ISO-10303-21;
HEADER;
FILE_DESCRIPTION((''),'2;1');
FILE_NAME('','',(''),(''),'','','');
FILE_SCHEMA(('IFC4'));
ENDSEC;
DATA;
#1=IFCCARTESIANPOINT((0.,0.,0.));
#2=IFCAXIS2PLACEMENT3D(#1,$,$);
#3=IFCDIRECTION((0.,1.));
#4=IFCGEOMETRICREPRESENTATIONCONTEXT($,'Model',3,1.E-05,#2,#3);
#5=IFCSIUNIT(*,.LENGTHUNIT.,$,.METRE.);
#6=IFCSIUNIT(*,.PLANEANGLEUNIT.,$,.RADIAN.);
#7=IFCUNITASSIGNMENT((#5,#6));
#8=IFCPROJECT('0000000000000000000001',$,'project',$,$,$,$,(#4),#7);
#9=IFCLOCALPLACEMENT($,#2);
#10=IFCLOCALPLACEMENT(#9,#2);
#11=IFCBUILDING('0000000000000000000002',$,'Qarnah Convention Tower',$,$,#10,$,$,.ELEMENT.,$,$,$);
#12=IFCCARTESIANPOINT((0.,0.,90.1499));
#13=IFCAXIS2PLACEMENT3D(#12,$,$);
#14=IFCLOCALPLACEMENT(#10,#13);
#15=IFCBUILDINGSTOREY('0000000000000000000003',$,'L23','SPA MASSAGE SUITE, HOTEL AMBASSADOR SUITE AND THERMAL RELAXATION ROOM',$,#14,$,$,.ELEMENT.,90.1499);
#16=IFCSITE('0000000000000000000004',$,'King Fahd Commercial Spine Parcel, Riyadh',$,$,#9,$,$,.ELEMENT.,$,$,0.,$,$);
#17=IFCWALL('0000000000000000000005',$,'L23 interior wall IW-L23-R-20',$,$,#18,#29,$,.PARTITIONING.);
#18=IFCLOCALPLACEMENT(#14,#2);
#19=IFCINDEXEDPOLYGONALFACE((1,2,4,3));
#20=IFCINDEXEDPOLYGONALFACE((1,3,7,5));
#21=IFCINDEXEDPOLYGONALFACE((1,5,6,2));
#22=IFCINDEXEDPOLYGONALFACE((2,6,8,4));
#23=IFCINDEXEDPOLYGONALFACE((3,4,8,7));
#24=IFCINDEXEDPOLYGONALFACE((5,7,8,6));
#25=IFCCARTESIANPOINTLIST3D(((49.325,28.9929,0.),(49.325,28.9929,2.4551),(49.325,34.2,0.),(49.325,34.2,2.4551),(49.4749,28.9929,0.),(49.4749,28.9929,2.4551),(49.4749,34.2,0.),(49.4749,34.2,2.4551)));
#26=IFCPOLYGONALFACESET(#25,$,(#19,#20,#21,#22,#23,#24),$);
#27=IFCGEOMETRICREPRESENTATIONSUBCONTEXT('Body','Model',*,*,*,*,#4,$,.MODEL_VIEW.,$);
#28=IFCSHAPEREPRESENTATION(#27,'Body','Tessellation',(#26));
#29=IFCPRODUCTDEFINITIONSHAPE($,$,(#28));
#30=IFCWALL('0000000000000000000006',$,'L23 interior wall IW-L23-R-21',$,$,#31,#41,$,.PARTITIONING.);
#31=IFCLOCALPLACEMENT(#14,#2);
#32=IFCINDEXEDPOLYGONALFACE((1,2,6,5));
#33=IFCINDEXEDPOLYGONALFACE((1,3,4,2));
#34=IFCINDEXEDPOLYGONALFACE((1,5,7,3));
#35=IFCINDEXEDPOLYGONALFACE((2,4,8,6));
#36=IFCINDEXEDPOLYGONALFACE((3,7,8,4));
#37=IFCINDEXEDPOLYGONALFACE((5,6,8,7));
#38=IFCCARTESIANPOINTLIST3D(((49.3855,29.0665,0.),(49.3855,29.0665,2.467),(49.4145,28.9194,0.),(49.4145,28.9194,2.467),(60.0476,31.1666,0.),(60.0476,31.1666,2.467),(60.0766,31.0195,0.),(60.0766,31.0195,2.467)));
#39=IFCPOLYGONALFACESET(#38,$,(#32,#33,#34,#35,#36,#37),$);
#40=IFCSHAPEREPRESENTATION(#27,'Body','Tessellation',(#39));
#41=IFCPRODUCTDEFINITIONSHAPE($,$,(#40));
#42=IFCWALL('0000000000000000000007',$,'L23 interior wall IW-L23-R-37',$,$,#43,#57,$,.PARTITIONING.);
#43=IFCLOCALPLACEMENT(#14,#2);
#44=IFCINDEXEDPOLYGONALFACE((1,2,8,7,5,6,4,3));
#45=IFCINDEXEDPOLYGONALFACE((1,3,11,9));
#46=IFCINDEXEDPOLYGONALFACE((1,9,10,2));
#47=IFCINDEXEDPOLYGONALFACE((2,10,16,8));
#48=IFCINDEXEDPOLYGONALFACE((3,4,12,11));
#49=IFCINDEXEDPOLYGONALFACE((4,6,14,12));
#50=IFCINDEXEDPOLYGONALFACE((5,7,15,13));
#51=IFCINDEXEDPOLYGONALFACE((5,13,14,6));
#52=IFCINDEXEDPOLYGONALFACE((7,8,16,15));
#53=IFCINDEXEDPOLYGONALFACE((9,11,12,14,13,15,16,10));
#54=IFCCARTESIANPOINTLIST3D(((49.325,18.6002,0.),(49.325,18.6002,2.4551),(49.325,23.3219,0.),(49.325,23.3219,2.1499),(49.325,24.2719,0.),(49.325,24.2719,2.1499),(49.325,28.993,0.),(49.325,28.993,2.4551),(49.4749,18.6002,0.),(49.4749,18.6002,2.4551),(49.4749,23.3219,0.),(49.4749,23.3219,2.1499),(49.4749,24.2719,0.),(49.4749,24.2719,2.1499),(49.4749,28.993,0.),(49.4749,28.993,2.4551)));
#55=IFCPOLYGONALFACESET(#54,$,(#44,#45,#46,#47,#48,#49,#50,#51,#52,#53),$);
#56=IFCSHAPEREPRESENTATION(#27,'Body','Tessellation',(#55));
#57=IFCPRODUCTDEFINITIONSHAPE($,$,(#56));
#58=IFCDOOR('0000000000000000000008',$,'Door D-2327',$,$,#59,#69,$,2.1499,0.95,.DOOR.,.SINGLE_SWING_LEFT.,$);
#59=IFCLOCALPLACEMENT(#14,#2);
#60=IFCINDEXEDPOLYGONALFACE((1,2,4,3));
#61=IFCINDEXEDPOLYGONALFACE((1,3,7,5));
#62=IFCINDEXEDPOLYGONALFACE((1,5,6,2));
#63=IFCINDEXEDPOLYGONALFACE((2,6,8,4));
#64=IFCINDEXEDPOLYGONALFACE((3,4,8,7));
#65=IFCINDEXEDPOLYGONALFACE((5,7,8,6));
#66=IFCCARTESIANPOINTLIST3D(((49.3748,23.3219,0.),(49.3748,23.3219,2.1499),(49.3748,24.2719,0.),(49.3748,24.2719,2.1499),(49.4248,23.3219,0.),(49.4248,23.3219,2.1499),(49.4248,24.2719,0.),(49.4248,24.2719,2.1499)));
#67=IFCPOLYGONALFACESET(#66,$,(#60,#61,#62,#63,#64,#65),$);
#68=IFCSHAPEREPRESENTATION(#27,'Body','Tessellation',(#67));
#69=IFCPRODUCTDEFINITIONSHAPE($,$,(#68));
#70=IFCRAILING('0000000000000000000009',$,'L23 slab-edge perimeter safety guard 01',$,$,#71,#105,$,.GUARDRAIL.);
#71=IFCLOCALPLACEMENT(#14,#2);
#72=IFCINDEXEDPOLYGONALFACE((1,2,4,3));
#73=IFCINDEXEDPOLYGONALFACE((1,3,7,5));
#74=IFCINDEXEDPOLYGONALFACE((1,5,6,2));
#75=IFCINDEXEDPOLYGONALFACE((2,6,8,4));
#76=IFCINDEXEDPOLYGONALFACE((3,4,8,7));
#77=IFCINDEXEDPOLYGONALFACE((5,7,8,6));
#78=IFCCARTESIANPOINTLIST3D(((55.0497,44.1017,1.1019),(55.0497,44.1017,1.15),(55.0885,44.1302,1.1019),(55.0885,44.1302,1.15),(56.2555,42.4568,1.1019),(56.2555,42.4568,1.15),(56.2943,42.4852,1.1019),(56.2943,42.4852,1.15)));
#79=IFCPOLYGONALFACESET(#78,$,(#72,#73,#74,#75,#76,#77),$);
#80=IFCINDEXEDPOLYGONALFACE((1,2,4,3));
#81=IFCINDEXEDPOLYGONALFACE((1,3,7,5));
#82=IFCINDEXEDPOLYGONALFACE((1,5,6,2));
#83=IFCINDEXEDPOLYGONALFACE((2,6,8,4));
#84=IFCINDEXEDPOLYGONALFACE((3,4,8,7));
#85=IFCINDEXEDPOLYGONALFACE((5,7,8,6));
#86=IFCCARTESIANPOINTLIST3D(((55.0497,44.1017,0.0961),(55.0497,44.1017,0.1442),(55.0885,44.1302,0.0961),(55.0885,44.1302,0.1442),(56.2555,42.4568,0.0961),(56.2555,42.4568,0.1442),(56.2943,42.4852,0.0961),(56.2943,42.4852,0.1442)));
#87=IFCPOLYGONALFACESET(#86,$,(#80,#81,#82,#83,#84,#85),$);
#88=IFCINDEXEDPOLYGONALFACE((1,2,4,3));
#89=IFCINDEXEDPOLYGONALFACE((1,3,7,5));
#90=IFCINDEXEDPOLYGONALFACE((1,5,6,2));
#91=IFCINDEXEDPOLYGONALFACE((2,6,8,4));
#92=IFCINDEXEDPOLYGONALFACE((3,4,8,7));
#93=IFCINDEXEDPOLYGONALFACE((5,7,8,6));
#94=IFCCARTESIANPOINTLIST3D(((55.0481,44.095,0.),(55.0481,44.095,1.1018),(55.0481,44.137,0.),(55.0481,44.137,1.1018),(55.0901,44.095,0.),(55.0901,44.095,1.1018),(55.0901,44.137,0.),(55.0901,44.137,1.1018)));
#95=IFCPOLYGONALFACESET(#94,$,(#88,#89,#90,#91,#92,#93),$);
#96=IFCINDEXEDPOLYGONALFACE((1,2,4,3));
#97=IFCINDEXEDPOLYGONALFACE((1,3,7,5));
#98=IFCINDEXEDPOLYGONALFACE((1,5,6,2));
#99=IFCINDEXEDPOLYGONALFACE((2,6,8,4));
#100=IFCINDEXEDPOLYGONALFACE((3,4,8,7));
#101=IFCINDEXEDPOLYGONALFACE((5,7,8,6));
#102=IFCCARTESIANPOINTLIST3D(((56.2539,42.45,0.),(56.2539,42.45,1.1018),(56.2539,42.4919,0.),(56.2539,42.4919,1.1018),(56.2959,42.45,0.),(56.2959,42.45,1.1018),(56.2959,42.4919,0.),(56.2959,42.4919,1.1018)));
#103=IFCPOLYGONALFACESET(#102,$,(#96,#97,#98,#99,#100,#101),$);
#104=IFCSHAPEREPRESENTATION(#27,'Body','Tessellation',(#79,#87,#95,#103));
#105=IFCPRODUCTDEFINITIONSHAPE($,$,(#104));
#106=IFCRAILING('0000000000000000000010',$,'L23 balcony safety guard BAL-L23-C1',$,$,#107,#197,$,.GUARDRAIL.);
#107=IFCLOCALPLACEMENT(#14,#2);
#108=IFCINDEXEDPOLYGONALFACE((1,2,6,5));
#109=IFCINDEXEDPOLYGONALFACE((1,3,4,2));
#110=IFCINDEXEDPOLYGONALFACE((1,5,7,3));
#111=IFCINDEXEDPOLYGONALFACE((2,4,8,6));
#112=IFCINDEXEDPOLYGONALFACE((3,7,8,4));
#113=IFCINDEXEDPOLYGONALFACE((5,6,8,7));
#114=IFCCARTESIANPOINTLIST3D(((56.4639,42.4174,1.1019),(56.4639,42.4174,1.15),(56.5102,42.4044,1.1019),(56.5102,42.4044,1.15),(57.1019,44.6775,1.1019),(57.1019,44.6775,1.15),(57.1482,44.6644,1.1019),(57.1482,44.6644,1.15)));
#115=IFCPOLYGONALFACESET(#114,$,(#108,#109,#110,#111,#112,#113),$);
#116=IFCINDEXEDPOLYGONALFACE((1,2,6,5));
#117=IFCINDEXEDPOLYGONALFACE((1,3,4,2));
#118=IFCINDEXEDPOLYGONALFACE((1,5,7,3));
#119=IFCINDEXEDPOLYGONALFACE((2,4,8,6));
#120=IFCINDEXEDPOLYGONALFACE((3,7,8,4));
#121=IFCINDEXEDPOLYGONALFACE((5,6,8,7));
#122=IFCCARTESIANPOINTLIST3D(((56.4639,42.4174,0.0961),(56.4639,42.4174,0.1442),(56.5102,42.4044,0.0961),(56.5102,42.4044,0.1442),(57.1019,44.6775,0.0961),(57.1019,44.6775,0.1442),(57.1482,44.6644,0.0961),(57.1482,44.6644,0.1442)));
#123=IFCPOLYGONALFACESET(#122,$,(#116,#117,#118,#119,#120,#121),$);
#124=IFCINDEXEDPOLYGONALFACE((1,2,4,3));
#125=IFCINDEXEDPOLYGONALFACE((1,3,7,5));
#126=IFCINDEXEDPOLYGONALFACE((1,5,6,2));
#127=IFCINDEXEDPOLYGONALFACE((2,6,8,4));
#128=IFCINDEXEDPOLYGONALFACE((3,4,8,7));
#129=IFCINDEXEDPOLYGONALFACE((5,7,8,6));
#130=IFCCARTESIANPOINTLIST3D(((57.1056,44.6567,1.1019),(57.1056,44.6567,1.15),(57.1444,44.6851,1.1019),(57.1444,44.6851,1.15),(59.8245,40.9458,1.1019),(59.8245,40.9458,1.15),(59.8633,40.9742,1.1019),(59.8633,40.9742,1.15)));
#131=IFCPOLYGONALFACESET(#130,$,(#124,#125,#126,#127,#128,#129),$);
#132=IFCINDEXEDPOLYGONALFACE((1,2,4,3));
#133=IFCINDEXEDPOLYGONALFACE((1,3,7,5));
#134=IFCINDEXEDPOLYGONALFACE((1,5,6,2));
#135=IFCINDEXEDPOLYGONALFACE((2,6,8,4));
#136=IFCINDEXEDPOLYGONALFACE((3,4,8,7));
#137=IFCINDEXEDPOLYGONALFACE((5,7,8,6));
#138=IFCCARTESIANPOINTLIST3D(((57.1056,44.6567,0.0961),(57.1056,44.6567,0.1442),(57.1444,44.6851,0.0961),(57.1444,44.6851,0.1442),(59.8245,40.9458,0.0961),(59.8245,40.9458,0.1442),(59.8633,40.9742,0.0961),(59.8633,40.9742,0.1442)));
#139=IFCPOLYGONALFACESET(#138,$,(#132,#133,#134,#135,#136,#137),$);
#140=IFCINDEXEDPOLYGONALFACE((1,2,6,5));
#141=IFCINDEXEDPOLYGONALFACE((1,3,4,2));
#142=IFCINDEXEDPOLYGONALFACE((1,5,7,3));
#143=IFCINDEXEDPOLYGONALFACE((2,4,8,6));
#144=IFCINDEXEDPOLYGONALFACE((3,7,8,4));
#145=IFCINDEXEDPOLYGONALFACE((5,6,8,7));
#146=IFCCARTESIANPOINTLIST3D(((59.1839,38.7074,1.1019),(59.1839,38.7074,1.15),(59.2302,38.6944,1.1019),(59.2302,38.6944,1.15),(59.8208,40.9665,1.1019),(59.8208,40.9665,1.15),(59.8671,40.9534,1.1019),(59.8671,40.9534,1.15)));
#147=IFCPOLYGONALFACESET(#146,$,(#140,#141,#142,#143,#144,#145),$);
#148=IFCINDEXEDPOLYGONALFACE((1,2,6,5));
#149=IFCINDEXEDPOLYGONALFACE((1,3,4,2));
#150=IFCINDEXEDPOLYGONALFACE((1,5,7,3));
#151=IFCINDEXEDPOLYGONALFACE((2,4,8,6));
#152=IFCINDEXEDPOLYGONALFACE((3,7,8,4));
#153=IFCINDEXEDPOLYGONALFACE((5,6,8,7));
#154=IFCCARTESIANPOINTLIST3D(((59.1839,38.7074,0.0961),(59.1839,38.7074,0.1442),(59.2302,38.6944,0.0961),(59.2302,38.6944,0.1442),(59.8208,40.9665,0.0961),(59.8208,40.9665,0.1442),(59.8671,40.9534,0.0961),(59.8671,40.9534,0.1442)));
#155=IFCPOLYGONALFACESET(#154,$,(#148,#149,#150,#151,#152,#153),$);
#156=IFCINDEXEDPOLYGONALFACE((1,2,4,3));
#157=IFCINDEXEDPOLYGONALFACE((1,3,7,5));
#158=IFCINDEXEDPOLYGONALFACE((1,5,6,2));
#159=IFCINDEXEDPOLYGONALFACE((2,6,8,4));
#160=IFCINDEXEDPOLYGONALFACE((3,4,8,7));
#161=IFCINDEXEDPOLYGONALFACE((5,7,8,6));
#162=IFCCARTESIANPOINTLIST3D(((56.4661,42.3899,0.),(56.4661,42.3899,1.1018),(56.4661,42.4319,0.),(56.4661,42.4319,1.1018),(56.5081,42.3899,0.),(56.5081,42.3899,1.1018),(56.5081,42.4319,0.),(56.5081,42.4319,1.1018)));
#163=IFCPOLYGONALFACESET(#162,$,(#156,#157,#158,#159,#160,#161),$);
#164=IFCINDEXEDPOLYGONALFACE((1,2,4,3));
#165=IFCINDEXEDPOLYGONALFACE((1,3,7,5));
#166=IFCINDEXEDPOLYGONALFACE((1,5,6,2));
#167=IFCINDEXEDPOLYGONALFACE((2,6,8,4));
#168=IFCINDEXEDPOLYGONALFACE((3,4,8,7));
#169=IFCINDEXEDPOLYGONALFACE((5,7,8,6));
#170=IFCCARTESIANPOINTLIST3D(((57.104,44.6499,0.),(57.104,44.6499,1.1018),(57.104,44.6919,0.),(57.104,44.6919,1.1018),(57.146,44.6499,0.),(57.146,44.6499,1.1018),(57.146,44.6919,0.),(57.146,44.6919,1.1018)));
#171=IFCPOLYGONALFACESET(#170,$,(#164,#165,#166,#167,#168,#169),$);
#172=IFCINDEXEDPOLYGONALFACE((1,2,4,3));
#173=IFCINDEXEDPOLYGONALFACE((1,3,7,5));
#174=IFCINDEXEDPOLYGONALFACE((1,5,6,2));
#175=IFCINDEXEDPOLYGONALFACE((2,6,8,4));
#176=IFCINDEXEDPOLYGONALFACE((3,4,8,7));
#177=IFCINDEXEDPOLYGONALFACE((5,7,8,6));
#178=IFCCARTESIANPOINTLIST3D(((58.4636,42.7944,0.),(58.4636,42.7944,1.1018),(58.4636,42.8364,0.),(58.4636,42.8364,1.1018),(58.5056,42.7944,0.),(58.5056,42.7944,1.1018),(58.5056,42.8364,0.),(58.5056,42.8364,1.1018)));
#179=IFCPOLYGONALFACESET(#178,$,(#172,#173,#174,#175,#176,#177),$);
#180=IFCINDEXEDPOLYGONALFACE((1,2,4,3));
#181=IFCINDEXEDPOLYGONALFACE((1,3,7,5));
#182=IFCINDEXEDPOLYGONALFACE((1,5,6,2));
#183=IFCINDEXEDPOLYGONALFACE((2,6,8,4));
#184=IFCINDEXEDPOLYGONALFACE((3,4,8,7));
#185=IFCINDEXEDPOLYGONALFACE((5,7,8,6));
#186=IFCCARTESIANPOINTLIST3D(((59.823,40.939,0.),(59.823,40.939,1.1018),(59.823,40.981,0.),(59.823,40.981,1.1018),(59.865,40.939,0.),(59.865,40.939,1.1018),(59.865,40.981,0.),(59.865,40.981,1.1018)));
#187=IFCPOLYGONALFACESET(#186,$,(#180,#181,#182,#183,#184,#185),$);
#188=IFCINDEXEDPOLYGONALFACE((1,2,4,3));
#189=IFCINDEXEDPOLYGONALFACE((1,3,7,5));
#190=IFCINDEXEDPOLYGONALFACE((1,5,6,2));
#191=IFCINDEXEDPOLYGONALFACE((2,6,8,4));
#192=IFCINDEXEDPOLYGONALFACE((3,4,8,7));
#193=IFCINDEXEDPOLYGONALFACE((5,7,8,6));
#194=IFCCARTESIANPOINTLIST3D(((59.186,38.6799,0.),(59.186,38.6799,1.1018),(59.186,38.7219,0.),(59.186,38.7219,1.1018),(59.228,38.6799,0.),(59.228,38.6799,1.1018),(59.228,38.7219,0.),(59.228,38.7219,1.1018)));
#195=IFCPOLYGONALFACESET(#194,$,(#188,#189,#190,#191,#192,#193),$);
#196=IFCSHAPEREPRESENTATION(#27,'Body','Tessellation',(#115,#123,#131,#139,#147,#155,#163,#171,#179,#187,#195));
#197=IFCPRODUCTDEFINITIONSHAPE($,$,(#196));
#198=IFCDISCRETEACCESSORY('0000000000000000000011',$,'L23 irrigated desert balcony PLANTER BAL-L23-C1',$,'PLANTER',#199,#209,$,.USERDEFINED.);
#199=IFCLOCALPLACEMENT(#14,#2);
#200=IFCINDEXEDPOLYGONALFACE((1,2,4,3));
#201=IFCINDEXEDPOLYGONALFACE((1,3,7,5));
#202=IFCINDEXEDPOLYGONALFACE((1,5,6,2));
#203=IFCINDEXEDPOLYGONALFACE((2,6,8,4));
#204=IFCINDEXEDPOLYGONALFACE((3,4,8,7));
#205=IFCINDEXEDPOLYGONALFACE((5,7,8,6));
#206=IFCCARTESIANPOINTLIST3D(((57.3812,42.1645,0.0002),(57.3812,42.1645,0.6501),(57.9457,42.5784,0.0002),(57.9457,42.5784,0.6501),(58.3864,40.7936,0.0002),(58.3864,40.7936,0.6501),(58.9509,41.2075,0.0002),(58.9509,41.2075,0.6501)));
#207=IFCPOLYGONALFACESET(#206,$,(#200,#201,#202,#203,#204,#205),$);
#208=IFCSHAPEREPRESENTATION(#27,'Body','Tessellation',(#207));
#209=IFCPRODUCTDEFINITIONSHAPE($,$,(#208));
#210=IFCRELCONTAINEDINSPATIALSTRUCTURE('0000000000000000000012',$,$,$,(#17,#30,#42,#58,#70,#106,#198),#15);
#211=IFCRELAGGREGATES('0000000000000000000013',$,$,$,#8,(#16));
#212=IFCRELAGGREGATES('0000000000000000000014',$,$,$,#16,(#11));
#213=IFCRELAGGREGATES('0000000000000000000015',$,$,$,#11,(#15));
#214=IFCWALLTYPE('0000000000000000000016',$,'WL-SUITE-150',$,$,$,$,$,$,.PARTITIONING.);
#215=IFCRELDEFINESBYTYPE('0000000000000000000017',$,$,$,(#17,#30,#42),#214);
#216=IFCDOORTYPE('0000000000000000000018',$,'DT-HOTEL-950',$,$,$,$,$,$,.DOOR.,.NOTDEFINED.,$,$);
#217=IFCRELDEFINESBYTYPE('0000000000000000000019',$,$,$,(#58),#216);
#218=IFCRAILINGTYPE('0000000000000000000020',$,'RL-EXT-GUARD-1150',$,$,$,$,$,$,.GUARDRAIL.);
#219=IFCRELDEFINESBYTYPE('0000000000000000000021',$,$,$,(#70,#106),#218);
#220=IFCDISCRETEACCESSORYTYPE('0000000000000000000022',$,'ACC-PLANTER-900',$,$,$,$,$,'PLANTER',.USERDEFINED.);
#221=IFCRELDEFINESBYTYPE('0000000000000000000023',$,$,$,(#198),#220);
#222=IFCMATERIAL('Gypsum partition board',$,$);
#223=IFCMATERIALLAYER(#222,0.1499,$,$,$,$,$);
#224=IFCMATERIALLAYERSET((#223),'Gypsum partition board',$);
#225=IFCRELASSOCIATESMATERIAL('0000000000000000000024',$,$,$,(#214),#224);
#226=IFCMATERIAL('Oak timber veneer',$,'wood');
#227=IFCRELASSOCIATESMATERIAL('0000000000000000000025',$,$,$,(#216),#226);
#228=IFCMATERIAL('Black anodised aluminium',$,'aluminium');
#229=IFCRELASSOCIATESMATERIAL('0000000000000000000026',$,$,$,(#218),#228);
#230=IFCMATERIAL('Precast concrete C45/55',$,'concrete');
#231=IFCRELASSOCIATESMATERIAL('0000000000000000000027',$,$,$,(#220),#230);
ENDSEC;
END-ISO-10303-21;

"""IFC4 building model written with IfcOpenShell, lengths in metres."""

from ifc_helpers import new_model, si_unit, direction, frame, frame_2d, origin, origin_2d, place, context, subcontext, project, spatial, rectangle, extrude, material, layer, layer_set, type_object, element, fill, save


model = new_model("IFC4")

# Units and contexts
model_context = context("Model", 3, precision=1e-05, world=origin(), true_north=direction((0.0, 1.0)))
body_context = subcontext(model_context, "Body", "Model", "MODEL_VIEW")
ifc_project = project(units=[si_unit("LENGTHUNIT", "METRE"), si_unit("PLANEANGLEUNIT", "RADIAN")], contexts=[model_context])

# Site, building, storey
site_placement = place(None, origin())
site = spatial("IfcSite", under=ifc_project, at=site_placement, Name="King Fahd Commercial Spine Parcel, Riyadh", CompositionType="ELEMENT", RefElevation=0.0)
building_placement = place(site_placement, origin())
building = spatial("IfcBuilding", under=site, at=building_placement, Name="Qarnah Convention Tower", CompositionType="ELEMENT")
storey_placement = place(building_placement, frame((0.0, 0.0, 90.1499)))
storey = spatial("IfcBuildingStorey", under=building, at=storey_placement, Name="L23", Description="SPA MASSAGE SUITE, HOTEL AMBASSADOR SUITE AND THERMAL RELAXATION ROOM", CompositionType="ELEMENT", Elevation=90.1499)

# Shared definitions
ifc_material_1 = material(Name="Black anodised aluminium", Category="aluminium")

# Shared definitions
ifc_material_2 = material(Name="Precast concrete C45/55", Category="concrete")

# Walls
ifc_material_3 = material(Name="Gypsum partition board")
ifc_layer_1 = layer(ifc_material_3, 0.1499)
ifc_layer_set_1 = layer_set([ifc_layer_1], Name="Gypsum partition board")
wall_type_1 = type_object("IfcWallType", Name="WL-SUITE-150", PredefinedType="PARTITIONING", material=ifc_layer_set_1)
wall_1_placement = place(storey_placement, frame((49.3999, 34.2, 0.0), z_axis=(0.0, 0.0, 1.0), x_axis=(0.0, -1.0, 0.0)))
element("IfcWall", 1, at=wall_1_placement, inside=storey, type_object=wall_type_1, Name="L23 interior wall IW-L23-R-20", PredefinedType="PARTITIONING", context=body_context, shape_type="SweptSolid", body=[
    extrude(rectangle(XDim=5.207, YDim=0.1499, at=frame_2d((2.6035, 0.0))), origin(), (0.0, 0.0, 1.0), 2.4551),
])
wall_2_placement = place(storey_placement, frame((49.3999, 28.9929, 0.0), z_axis=(0.0, 0.0, 1.0), x_axis=(0.981149, 0.193255, 0.0)))
element("IfcWall", 2, at=wall_2_placement, inside=storey, type_object=wall_type_1, Name="L23 interior wall IW-L23-R-21", PredefinedType="PARTITIONING", context=body_context, shape_type="SweptSolid", body=[
    extrude(rectangle(XDim=10.8669, YDim=0.1499, at=frame_2d((5.4336, 0.0))), origin(), (0.0, 0.0, 1.0), 2.467),
])

# Wall, opening, door
wall_3_placement = place(storey_placement, frame((49.3999, 28.9929, 0.0), z_axis=(0.0, 0.0, 1.0), x_axis=(0.0, -1.0, 0.0)))
wall_3 = element("IfcWall", 3, at=wall_3_placement, inside=storey, type_object=wall_type_1, Name="L23 interior wall IW-L23-R-37", PredefinedType="PARTITIONING", context=body_context, shape_type="SweptSolid", body=[
    extrude(rectangle(XDim=10.3928, YDim=0.1499, at=frame_2d((5.1963, 0.0))), origin(), (0.0, 0.0, 1.0), 2.4551),
])
opening_1_placement = place(wall_3_placement, frame((4.7209, 0.0, 0.0)))
opening_1 = element("IfcOpeningElement", 4, at=opening_1_placement, cuts=wall_3, PredefinedType="OPENING", context=body_context, shape_type="SweptSolid", body=[
    extrude(rectangle(XDim=0.95, YDim=2.1499, at=frame_2d((0.4751, 1.075))), frame((0.0, 0.085, 0.0), z_axis=(0.0, -1.0, 0.0), x_axis=(1.0, 0.0, 0.0)), (0.0, 0.0, 1.0), 0.1699),
])
ifc_material_4 = material(Name="Oak timber veneer", Category="wood")
door_type_1 = type_object("IfcDoorType", Name="DT-HOTEL-950", OperationType="NOTDEFINED", PredefinedType="DOOR", material=ifc_material_4)
door_1_placement = place(opening_1_placement, origin())
door_1 = element("IfcDoor", 5, at=door_1_placement, inside=storey, type_object=door_type_1, Name="Door D-2327", OperationType="SINGLE_SWING_LEFT", OverallHeight=2.1499, OverallWidth=0.95, PredefinedType="DOOR", context=body_context, shape_type="SweptSolid", body=[
    extrude(rectangle(XDim=0.95, YDim=2.1499, at=frame_2d((0.4751, 1.075))), frame((0.0, 0.0249, 0.0), z_axis=(0.0, -1.0, 0.0), x_axis=(1.0, 0.0, 0.0)), (0.0, 0.0, 1.0), 0.05),
])
fill(opening_1, door_1)

# Railings
railing_type = type_object("IfcRailingType", Name="RL-EXT-GUARD-1150", PredefinedType="GUARDRAIL", material=ifc_material_1)
railing_1_placement = place(storey_placement, frame((55.0691, 44.116, 0.0)))
element("IfcRailing", 6, at=railing_1_placement, inside=storey, type_object=railing_type, Name="L23 slab-edge perimeter safety guard 01", PredefinedType="GUARDRAIL", context=body_context, shape_type="SweptSolid", body=[
    extrude(rectangle(XDim=0.0481, YDim=0.0481, at=origin_2d()), frame((0.0, 0.0, 1.126), z_axis=(0.591192, -0.806531, 0.0), x_axis=(0.806531, 0.591192, 0.0)), (0.0, 0.0, 1.0), 2.0396),
    extrude(rectangle(XDim=0.0481, YDim=0.0481, at=origin_2d()), frame((0.0, 0.0, 0.1201), z_axis=(0.591192, -0.806531, 0.0), x_axis=(0.806531, 0.591192, 0.0)), (0.0, 0.0, 1.0), 2.0396),
    extrude(rectangle(XDim=0.042, YDim=0.042, at=origin_2d()), origin(), (0.0, 0.0, 1.0), 1.1018),
    extrude(rectangle(XDim=0.042, YDim=0.042, at=origin_2d()), frame((1.2058, -1.645, 0.0)), (0.0, 0.0, 1.0), 1.1018),
])
railing_2_placement = place(storey_placement, frame((56.4871, 42.4109, 0.0)))
element("IfcRailing", 7, at=railing_2_placement, inside=storey, type_object=railing_type, Name="L23 balcony safety guard BAL-L23-C1", PredefinedType="GUARDRAIL", context=body_context, shape_type="SweptSolid", body=[
    extrude(rectangle(XDim=0.0481, YDim=0.0481, at=origin_2d()), frame((0.0, 0.0, 1.126), z_axis=(0.271658, 0.962394, 0.0), x_axis=(-0.962394, 0.271658, 0.0)), (0.0, 0.0, 1.0), 2.3484),
    extrude(rectangle(XDim=0.0481, YDim=0.0481, at=origin_2d()), frame((0.0, 0.0, 0.1201), z_axis=(0.271658, 0.962394, 0.0), x_axis=(-0.962394, 0.271658, 0.0)), (0.0, 0.0, 1.0), 2.3484),
    extrude(rectangle(XDim=0.0481, YDim=0.0481, at=origin_2d()), frame((0.6379, 2.26, 1.126), z_axis=(0.59103, -0.80665, 0.0), x_axis=(0.80665, 0.59103, 0.0)), (0.0, 0.0, 1.0), 4.6003),
    extrude(rectangle(XDim=0.0481, YDim=0.0481, at=origin_2d()), frame((0.6379, 2.26, 0.1201), z_axis=(0.59103, -0.80665, 0.0), x_axis=(0.80665, 0.59103, 0.0)), (0.0, 0.0, 1.0), 4.6003),
    extrude(rectangle(XDim=0.0481, YDim=0.0481, at=origin_2d()), frame((3.3569, -1.4509, 1.126), z_axis=(-0.271381, -0.962472, 0.0), x_axis=(0.962472, -0.271381, 0.0)), (0.0, 0.0, 1.0), 2.3472),
    extrude(rectangle(XDim=0.0481, YDim=0.0481, at=origin_2d()), frame((3.3569, -1.4509, 0.1201), z_axis=(-0.271381, -0.962472, 0.0), x_axis=(0.962472, -0.271381, 0.0)), (0.0, 0.0, 1.0), 2.3472),
    extrude(rectangle(XDim=0.042, YDim=0.042, at=origin_2d()), origin(), (0.0, 0.0, 1.0), 1.1018),
    extrude(rectangle(XDim=0.042, YDim=0.042, at=origin_2d()), frame((0.6379, 2.26, 0.0)), (0.0, 0.0, 1.0), 1.1018),
    extrude(rectangle(XDim=0.042, YDim=0.042, at=origin_2d()), frame((1.9976, 0.4045, 0.0)), (0.0, 0.0, 1.0), 1.1018),
    extrude(rectangle(XDim=0.042, YDim=0.042, at=origin_2d()), frame((3.3569, -1.4509, 0.0)), (0.0, 0.0, 1.0), 1.1018),
    extrude(rectangle(XDim=0.042, YDim=0.042, at=origin_2d()), frame((2.72, -3.71, 0.0)), (0.0, 0.0, 1.0), 1.1018),
])

# Discrete accessory
discrete_accessory_type = type_object("IfcDiscreteAccessoryType", Name="ACC-PLANTER-900", ElementType="PLANTER", PredefinedType="USERDEFINED", material=ifc_material_2)
discrete_accessory_placement = place(storey_placement, frame((58.166, 41.686, 0.0002), z_axis=(0.0, 0.0, 1.0), x_axis=(-0.59131, 0.806445, 0.0)))
element("IfcDiscreteAccessory", 8, at=discrete_accessory_placement, inside=storey, type_object=discrete_accessory_type, Name="L23 irrigated desert balcony PLANTER BAL-L23-C1", ObjectType="PLANTER", PredefinedType="USERDEFINED", context=body_context, shape_type="SweptSolid", body=[
    extrude(rectangle(XDim=1.7, YDim=0.7, at=origin_2d()), origin(), (0.0, 0.0, 1.0), 0.6499),
])

save(model, "model.ifc")
